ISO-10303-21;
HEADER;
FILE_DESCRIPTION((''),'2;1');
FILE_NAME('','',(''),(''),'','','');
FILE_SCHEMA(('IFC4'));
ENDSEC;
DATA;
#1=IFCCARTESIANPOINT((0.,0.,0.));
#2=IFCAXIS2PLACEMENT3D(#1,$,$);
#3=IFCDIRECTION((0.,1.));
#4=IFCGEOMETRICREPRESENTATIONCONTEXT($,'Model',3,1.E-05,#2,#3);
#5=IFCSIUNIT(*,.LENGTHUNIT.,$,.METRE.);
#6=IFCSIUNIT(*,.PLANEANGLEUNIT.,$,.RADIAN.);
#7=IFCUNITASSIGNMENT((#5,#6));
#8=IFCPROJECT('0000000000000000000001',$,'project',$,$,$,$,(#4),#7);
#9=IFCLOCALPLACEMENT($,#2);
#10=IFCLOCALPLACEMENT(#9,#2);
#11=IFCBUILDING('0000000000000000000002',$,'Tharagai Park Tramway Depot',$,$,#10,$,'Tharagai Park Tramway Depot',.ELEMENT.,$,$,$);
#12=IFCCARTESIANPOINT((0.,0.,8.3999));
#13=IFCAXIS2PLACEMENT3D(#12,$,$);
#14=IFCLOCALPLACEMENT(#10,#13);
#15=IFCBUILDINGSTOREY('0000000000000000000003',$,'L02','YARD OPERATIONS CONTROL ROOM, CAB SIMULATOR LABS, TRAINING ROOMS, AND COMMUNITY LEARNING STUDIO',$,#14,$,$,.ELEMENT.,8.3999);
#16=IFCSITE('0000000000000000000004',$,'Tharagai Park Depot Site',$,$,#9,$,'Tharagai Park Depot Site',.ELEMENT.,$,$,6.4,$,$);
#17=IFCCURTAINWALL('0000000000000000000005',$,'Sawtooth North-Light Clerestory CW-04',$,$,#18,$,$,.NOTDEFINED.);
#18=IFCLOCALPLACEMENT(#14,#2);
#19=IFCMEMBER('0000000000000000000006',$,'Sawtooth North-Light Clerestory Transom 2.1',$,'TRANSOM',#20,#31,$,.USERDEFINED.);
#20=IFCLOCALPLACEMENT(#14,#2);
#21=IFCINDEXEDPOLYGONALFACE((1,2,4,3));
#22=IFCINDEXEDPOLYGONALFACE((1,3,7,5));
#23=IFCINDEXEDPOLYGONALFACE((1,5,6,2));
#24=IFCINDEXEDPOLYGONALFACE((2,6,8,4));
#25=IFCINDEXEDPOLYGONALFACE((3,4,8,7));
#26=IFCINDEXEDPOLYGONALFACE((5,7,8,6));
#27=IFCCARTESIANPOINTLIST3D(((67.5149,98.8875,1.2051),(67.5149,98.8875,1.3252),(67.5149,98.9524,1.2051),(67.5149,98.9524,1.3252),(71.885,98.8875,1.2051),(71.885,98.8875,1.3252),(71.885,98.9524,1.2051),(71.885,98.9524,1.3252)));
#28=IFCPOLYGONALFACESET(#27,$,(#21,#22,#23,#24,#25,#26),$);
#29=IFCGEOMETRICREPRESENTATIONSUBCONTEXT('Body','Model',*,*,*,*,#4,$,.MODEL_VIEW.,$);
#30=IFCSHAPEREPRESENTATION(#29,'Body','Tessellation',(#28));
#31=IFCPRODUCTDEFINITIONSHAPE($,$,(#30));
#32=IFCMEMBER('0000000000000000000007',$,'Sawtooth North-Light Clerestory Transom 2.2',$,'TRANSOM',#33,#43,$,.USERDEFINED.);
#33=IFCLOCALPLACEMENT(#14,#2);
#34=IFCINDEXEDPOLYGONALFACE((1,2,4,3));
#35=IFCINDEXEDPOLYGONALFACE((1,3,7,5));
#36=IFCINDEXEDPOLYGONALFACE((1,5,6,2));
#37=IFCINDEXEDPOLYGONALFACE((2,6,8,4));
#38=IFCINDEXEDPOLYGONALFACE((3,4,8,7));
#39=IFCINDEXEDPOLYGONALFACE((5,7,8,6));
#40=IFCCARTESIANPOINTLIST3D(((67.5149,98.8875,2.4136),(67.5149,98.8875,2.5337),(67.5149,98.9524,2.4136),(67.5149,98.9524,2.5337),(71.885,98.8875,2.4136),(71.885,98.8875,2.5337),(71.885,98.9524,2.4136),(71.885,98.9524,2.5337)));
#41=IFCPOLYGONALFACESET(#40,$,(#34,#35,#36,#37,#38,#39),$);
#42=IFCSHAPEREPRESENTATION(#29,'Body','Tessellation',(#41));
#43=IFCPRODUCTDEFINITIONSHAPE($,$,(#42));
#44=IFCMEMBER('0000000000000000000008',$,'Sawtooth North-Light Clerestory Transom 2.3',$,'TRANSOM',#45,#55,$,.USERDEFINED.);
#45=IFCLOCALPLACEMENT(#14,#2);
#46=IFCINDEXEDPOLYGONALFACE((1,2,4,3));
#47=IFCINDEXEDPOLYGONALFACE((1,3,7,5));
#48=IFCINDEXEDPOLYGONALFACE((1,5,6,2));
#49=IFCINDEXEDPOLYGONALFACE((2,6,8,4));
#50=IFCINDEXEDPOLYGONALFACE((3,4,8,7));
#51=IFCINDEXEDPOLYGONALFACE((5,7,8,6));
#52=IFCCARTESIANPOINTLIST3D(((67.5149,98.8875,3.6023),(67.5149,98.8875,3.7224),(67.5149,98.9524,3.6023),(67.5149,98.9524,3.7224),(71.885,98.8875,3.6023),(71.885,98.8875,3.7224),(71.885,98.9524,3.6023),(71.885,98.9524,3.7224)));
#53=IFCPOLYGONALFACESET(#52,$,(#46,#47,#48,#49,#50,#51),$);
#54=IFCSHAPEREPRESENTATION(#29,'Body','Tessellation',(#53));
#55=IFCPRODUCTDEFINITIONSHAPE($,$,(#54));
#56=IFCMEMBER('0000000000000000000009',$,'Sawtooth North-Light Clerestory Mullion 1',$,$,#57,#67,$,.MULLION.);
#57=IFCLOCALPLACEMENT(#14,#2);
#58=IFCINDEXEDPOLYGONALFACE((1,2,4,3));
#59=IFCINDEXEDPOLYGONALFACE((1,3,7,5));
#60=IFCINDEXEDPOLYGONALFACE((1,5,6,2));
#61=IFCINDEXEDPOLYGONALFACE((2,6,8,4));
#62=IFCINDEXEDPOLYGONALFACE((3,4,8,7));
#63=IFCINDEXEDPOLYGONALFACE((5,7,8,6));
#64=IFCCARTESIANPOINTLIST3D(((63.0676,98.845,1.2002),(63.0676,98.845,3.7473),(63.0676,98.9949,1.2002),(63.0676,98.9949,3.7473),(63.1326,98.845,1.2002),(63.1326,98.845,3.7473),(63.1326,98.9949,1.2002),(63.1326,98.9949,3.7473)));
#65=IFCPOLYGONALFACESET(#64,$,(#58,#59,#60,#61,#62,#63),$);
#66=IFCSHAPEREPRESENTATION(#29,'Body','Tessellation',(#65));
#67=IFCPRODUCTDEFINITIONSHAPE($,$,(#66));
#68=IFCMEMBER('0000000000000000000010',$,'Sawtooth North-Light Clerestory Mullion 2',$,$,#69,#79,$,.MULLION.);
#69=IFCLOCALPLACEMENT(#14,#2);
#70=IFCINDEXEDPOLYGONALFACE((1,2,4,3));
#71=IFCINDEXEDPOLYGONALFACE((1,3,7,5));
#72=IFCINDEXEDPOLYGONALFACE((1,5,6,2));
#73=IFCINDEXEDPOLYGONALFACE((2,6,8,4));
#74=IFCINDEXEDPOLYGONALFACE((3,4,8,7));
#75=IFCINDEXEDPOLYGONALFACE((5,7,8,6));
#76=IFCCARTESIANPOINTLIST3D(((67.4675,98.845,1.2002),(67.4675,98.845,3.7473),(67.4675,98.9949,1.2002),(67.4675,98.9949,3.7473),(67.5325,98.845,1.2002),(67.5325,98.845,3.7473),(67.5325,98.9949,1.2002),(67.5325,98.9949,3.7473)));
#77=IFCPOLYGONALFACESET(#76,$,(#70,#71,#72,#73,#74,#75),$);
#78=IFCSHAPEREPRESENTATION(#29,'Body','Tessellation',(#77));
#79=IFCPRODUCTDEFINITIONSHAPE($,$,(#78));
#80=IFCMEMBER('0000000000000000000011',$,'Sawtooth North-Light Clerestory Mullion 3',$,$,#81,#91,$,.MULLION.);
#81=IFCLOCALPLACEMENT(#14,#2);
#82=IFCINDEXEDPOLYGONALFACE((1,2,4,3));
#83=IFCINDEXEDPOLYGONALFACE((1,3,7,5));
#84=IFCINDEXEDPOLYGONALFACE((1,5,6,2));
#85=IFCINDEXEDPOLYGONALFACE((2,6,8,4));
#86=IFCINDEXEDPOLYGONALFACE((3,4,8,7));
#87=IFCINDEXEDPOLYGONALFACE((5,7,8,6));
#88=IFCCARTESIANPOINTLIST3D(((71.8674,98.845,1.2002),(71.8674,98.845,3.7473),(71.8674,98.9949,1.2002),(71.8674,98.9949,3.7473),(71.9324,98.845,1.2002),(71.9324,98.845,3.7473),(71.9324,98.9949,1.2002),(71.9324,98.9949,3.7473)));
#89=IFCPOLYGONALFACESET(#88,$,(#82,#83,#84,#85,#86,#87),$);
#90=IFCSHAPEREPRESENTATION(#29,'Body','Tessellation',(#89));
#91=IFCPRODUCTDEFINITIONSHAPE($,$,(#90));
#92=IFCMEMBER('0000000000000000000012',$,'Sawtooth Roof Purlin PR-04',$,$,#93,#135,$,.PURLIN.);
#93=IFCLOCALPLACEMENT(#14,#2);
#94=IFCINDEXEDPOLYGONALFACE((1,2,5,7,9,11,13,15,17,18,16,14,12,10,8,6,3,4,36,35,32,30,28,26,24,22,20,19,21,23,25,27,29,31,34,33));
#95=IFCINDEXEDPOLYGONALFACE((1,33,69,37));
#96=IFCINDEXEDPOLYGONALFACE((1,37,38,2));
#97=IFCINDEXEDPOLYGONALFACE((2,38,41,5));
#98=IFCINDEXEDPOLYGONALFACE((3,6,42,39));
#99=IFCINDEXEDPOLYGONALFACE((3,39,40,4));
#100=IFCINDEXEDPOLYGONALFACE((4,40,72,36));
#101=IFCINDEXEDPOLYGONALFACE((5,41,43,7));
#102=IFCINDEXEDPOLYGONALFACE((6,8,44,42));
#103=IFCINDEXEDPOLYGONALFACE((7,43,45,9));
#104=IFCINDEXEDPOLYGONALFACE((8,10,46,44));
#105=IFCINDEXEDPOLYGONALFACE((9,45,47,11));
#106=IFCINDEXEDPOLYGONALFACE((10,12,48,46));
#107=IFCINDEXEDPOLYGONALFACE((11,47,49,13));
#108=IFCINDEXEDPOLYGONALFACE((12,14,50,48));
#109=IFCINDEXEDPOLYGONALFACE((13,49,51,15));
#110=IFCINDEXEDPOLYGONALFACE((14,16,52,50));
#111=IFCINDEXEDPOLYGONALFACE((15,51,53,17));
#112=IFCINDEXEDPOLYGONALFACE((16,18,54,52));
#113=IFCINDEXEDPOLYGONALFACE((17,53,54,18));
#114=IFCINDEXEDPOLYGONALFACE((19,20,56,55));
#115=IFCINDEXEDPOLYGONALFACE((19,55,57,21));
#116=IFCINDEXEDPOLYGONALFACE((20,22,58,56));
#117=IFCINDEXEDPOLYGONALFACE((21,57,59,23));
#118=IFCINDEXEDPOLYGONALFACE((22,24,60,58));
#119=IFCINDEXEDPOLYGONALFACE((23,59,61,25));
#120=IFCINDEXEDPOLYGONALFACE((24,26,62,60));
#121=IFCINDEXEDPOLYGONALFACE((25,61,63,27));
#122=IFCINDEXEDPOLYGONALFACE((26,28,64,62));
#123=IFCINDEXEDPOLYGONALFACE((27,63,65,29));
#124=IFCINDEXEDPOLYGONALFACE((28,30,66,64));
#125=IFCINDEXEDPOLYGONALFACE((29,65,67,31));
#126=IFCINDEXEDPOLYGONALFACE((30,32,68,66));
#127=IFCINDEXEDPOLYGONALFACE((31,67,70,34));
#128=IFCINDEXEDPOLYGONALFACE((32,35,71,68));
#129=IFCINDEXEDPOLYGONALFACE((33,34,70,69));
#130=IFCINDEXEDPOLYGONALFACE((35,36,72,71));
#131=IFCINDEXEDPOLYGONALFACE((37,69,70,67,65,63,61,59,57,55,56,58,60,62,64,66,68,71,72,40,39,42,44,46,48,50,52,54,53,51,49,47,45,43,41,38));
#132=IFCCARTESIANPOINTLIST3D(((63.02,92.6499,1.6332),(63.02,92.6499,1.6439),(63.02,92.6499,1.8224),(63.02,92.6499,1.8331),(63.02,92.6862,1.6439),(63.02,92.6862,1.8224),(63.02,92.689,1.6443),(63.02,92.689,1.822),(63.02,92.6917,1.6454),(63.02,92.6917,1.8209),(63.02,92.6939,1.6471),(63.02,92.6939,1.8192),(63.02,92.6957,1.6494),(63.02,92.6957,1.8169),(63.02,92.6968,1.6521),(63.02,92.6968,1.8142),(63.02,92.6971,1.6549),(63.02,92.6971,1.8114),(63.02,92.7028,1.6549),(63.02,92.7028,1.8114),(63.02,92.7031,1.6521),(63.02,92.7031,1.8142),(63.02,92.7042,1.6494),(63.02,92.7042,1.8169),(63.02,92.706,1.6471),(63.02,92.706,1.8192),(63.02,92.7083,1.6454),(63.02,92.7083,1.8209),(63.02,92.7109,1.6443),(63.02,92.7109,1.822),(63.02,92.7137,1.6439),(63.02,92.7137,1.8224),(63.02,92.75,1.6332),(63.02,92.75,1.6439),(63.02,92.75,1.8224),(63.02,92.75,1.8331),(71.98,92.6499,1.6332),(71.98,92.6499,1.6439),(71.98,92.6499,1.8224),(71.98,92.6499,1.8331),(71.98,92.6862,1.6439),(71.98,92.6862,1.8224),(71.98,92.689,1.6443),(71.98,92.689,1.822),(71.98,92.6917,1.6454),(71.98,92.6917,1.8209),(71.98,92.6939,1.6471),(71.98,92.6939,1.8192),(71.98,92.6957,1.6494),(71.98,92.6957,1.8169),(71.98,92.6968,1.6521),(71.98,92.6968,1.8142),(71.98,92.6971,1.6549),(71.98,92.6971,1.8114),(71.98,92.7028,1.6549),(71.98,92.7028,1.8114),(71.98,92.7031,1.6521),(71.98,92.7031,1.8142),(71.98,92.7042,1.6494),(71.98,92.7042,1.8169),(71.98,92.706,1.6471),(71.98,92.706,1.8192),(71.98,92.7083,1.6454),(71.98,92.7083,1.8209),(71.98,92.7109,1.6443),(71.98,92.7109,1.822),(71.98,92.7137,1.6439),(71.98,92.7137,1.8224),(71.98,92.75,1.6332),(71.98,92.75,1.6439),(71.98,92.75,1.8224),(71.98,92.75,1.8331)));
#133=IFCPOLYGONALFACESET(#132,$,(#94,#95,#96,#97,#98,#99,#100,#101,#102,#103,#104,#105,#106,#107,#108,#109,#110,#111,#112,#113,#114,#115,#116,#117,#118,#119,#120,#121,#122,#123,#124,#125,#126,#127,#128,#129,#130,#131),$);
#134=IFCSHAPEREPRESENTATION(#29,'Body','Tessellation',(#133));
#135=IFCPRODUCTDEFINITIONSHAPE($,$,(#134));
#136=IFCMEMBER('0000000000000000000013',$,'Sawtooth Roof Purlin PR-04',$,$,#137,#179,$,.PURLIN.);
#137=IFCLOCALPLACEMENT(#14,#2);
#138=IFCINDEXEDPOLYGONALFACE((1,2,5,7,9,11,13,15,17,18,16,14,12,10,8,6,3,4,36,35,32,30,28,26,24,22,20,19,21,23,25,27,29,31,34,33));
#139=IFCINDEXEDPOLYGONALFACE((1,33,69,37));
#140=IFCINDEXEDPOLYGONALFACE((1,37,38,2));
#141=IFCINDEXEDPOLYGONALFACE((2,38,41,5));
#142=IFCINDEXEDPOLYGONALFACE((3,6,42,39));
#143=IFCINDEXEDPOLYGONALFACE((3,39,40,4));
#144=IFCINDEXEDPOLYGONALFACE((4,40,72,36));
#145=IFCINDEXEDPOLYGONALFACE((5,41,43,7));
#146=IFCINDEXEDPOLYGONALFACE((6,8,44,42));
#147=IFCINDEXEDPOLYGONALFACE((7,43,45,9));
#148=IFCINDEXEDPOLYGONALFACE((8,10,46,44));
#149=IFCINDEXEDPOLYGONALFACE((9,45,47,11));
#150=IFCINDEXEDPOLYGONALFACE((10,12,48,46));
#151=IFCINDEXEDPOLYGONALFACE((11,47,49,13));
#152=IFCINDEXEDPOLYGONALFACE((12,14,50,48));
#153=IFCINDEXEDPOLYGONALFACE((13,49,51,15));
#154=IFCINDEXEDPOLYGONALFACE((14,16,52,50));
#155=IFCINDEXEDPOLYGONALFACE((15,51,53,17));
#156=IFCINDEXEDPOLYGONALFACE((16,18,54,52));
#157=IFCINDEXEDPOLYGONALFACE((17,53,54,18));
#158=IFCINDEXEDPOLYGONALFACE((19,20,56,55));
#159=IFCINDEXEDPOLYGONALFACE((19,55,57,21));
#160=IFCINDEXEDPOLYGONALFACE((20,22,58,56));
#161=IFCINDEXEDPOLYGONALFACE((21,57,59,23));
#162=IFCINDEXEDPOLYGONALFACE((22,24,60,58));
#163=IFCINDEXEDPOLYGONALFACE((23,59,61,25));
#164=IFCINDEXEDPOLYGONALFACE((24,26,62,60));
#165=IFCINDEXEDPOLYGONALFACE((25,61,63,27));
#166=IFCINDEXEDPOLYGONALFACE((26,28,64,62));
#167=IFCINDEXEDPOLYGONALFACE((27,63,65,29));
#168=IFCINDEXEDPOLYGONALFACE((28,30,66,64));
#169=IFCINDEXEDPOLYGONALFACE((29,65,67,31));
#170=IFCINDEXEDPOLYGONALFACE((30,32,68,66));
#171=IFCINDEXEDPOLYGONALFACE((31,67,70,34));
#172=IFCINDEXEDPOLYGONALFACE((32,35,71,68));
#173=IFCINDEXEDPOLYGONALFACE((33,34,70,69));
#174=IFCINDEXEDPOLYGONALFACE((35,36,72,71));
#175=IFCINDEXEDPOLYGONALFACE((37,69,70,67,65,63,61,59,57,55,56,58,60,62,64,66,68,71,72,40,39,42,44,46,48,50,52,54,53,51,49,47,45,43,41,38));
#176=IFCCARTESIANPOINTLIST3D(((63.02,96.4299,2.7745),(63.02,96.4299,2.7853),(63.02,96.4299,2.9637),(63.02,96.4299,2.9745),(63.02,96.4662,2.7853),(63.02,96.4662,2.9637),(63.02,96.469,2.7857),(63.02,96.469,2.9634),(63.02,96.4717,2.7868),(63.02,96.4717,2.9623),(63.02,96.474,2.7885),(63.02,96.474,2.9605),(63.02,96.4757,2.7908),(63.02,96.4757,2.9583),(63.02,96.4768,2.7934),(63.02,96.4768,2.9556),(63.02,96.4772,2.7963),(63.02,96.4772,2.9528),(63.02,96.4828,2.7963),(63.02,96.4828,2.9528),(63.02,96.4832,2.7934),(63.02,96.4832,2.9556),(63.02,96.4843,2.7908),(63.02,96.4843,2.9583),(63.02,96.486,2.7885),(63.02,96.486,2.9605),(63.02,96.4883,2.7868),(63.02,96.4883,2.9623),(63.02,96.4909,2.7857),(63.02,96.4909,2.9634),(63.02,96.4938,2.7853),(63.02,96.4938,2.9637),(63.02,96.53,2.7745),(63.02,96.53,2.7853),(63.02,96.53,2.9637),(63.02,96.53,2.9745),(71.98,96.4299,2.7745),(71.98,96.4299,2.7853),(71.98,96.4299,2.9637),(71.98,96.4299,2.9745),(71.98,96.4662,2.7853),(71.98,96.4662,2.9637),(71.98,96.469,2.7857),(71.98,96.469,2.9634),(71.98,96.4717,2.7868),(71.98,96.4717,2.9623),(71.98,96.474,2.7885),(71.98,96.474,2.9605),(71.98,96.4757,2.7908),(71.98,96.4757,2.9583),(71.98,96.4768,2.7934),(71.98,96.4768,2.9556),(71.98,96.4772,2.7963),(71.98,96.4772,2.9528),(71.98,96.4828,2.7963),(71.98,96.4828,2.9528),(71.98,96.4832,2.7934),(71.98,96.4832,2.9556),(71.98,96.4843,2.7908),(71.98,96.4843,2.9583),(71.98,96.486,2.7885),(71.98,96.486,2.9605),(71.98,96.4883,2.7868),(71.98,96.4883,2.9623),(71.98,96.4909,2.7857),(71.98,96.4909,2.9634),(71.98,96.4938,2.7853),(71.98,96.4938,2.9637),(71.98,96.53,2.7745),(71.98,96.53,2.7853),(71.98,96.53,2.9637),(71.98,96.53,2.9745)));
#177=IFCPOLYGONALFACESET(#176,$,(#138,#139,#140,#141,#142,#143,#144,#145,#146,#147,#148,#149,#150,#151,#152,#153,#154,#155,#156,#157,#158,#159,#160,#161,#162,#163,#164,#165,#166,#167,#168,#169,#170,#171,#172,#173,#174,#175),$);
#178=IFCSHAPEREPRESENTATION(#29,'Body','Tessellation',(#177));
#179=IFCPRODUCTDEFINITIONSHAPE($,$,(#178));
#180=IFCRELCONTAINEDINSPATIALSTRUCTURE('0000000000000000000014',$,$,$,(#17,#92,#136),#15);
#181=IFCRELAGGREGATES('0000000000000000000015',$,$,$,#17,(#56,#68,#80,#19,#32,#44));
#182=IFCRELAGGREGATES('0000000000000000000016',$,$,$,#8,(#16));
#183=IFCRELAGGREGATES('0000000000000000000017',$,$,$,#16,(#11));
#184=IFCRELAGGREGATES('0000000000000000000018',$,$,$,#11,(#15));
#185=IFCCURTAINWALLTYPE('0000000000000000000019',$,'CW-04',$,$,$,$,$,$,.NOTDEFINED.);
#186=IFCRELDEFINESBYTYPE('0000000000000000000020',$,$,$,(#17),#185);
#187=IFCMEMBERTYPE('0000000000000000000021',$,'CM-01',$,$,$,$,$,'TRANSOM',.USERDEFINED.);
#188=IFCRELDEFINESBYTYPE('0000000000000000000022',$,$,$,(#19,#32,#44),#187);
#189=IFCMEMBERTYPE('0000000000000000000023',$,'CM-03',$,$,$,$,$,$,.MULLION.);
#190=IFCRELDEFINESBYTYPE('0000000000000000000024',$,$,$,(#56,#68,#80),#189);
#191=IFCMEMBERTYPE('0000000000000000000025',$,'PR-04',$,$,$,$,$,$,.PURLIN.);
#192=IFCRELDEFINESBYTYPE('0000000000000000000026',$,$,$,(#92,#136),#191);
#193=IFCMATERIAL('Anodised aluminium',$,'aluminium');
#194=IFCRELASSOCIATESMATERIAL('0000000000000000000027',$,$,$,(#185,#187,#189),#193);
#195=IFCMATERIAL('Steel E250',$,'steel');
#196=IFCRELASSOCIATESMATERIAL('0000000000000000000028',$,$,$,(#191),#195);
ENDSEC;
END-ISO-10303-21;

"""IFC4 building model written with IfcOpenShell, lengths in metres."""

from ifc_helpers import new_model, si_unit, direction, frame, origin, origin_2d, place, context, subcontext, project, spatial, rectangle, i_section, extrude, material, material_profile, profile_set, type_object, element, aggregate, save


model = new_model("IFC4")

# Units and contexts
model_context = context("Model", 3, precision=1e-05, world=origin(), true_north=direction((0.0, 1.0)))
body_context = subcontext(model_context, "Body", "Model", "MODEL_VIEW")
ifc_project = project(units=[si_unit("LENGTHUNIT", "METRE"), si_unit("PLANEANGLEUNIT", "RADIAN")], contexts=[model_context])

# Site, building, storey
site_placement = place(None, origin())
site = spatial("IfcSite", under=ifc_project, at=site_placement, Name="Tharagai Park Depot Site", LongName="Tharagai Park Depot Site", CompositionType="ELEMENT", RefElevation=6.4)
building_placement = place(site_placement, origin())
building = spatial("IfcBuilding", under=site, at=building_placement, Name="Tharagai Park Tramway Depot", LongName="Tharagai Park Tramway Depot", CompositionType="ELEMENT")
storey_placement = place(building_placement, frame((0.0, 0.0, 8.3999)))
storey = spatial("IfcBuildingStorey", under=building, at=storey_placement, Name="L02", Description="YARD OPERATIONS CONTROL ROOM, CAB SIMULATOR LABS, TRAINING ROOMS, AND COMMUNITY LEARNING STUDIO", CompositionType="ELEMENT", Elevation=8.3999)

# Curtain wall, members
ifc_material_1 = material(Name="Anodised aluminium", Category="aluminium")
curtain_wall_type = type_object("IfcCurtainWallType", Name="CW-04", PredefinedType="NOTDEFINED", material=ifc_material_1)
curtain_wall_placement = place(storey_placement, origin())
curtain_wall = element("IfcCurtainWall", 1, at=curtain_wall_placement, inside=storey, type_object=curtain_wall_type, Name="Sawtooth North-Light Clerestory CW-04", PredefinedType="NOTDEFINED")
ifc_material_profile_1 = material_profile(ifc_material_1, rectangle(XDim=0.0649, YDim=0.1201, at=origin_2d()), Name="ALU 65x120")
ifc_profile_set_1 = profile_set([ifc_material_profile_1], Name="Anodised aluminium")
member_type_1 = type_object("IfcMemberType", Name="CM-01", ElementType="TRANSOM", PredefinedType="USERDEFINED", material=ifc_profile_set_1)
member_1_placement = place(storey_placement, frame((67.5149, 98.9199, 1.2651), z_axis=(1.0, 0.0, 0.0), x_axis=(0.0, 1.0, 0.0)))
member_1 = element("IfcMember", 2, at=member_1_placement, type_object=member_type_1, Name="Sawtooth North-Light Clerestory Transom 2.1", ObjectType="TRANSOM", PredefinedType="USERDEFINED", context=body_context, shape_type="SweptSolid", body=[
    extrude(rectangle(XDim=0.0649, YDim=0.1201, at=origin_2d()), origin(), (0.0, 0.0, 1.0), 4.3701),
])
member_2_placement = place(storey_placement, frame((67.5149, 98.9199, 2.4736), z_axis=(1.0, 0.0, 0.0), x_axis=(0.0, 1.0, 0.0)))
member_2 = element("IfcMember", 3, at=member_2_placement, type_object=member_type_1, Name="Sawtooth North-Light Clerestory Transom 2.2", ObjectType="TRANSOM", PredefinedType="USERDEFINED", context=body_context, shape_type="SweptSolid", body=[
    extrude(rectangle(XDim=0.0649, YDim=0.1201, at=origin_2d()), origin(), (0.0, 0.0, 1.0), 4.3701),
])
member_3_placement = place(storey_placement, frame((67.5149, 98.9199, 3.6624), z_axis=(1.0, 0.0, 0.0), x_axis=(0.0, 1.0, 0.0)))
member_3 = element("IfcMember", 4, at=member_3_placement, type_object=member_type_1, Name="Sawtooth North-Light Clerestory Transom 2.3", ObjectType="TRANSOM", PredefinedType="USERDEFINED", context=body_context, shape_type="SweptSolid", body=[
    extrude(rectangle(XDim=0.0649, YDim=0.1201, at=origin_2d()), origin(), (0.0, 0.0, 1.0), 4.3701),
])
ifc_material_profile_2 = material_profile(ifc_material_1, rectangle(XDim=0.0649, YDim=0.1499, at=origin_2d()), Name="ALU 65x150")
ifc_profile_set_2 = profile_set([ifc_material_profile_2], Name="Anodised aluminium")
member_type_2 = type_object("IfcMemberType", Name="CM-03", PredefinedType="MULLION", material=ifc_profile_set_2)
member_4_placement = place(storey_placement, frame((63.1001, 98.9199, 1.2002), z_axis=(0.0, 0.0, 1.0), x_axis=(1.0, 0.0, 0.0)))
member_4 = element("IfcMember", 5, at=member_4_placement, type_object=member_type_2, Name="Sawtooth North-Light Clerestory Mullion 1", PredefinedType="MULLION", context=body_context, shape_type="SweptSolid", body=[
    extrude(rectangle(XDim=0.0649, YDim=0.1499, at=origin_2d()), origin(), (0.0, 0.0, 1.0), 2.5471),
])
member_5_placement = place(storey_placement, frame((67.5, 98.9199, 1.2002), z_axis=(0.0, 0.0, 1.0), x_axis=(1.0, 0.0, 0.0)))
member_5 = element("IfcMember", 6, at=member_5_placement, type_object=member_type_2, Name="Sawtooth North-Light Clerestory Mullion 2", PredefinedType="MULLION", context=body_context, shape_type="SweptSolid", body=[
    extrude(rectangle(XDim=0.0649, YDim=0.1499, at=origin_2d()), origin(), (0.0, 0.0, 1.0), 2.5471),
])
member_6_placement = place(storey_placement, frame((71.8999, 98.9199, 1.2002), z_axis=(0.0, 0.0, 1.0), x_axis=(1.0, 0.0, 0.0)))
member_6 = element("IfcMember", 7, at=member_6_placement, type_object=member_type_2, Name="Sawtooth North-Light Clerestory Mullion 3", PredefinedType="MULLION", context=body_context, shape_type="SweptSolid", body=[
    extrude(rectangle(XDim=0.0649, YDim=0.1499, at=origin_2d()), origin(), (0.0, 0.0, 1.0), 2.5471),
])

# Members
ifc_material_2 = material(Name="Steel E250", Category="steel")
ifc_material_profile_3 = material_profile(ifc_material_2, i_section(OverallWidth=0.1001, OverallDepth=0.2, WebThickness=0.0056, FlangeThickness=0.0107, FilletRadius=0.011, at=origin_2d()), Name="ISMB 200")
ifc_profile_set_3 = profile_set([ifc_material_profile_3], Name="Steel E250")
member_type_3 = type_object("IfcMemberType", Name="PR-04", PredefinedType="PURLIN", material=ifc_profile_set_3)
for number, where, z_axis, x_axis, name in (
    (8, (63.02, 92.7, 1.7332), (1.0, 0.0, 0.0), (0.0, 1.0, 0.0), "Sawtooth Roof Purlin PR-04"),
    (9, (63.02, 96.48, 2.8745), (1.0, 0.0, 0.0), (0.0, 1.0, 0.0), "Sawtooth Roof Purlin PR-04"),
):
    element("IfcMember", number, at=place(storey_placement, frame(where, z_axis=z_axis, x_axis=x_axis)), inside=storey, type_object=member_type_3, Name=name, PredefinedType="PURLIN", context=body_context, shape_type="SweptSolid", body=[
        extrude(i_section(OverallWidth=0.1001, OverallDepth=0.2, WebThickness=0.0056, FlangeThickness=0.0107, FilletRadius=0.011, at=origin_2d()), origin(), (0.0, 0.0, 1.0), 8.96),
    ])

aggregate(curtain_wall, [member_4, member_5, member_6, member_1, member_2, member_3])

save(model, "model.ifc")
